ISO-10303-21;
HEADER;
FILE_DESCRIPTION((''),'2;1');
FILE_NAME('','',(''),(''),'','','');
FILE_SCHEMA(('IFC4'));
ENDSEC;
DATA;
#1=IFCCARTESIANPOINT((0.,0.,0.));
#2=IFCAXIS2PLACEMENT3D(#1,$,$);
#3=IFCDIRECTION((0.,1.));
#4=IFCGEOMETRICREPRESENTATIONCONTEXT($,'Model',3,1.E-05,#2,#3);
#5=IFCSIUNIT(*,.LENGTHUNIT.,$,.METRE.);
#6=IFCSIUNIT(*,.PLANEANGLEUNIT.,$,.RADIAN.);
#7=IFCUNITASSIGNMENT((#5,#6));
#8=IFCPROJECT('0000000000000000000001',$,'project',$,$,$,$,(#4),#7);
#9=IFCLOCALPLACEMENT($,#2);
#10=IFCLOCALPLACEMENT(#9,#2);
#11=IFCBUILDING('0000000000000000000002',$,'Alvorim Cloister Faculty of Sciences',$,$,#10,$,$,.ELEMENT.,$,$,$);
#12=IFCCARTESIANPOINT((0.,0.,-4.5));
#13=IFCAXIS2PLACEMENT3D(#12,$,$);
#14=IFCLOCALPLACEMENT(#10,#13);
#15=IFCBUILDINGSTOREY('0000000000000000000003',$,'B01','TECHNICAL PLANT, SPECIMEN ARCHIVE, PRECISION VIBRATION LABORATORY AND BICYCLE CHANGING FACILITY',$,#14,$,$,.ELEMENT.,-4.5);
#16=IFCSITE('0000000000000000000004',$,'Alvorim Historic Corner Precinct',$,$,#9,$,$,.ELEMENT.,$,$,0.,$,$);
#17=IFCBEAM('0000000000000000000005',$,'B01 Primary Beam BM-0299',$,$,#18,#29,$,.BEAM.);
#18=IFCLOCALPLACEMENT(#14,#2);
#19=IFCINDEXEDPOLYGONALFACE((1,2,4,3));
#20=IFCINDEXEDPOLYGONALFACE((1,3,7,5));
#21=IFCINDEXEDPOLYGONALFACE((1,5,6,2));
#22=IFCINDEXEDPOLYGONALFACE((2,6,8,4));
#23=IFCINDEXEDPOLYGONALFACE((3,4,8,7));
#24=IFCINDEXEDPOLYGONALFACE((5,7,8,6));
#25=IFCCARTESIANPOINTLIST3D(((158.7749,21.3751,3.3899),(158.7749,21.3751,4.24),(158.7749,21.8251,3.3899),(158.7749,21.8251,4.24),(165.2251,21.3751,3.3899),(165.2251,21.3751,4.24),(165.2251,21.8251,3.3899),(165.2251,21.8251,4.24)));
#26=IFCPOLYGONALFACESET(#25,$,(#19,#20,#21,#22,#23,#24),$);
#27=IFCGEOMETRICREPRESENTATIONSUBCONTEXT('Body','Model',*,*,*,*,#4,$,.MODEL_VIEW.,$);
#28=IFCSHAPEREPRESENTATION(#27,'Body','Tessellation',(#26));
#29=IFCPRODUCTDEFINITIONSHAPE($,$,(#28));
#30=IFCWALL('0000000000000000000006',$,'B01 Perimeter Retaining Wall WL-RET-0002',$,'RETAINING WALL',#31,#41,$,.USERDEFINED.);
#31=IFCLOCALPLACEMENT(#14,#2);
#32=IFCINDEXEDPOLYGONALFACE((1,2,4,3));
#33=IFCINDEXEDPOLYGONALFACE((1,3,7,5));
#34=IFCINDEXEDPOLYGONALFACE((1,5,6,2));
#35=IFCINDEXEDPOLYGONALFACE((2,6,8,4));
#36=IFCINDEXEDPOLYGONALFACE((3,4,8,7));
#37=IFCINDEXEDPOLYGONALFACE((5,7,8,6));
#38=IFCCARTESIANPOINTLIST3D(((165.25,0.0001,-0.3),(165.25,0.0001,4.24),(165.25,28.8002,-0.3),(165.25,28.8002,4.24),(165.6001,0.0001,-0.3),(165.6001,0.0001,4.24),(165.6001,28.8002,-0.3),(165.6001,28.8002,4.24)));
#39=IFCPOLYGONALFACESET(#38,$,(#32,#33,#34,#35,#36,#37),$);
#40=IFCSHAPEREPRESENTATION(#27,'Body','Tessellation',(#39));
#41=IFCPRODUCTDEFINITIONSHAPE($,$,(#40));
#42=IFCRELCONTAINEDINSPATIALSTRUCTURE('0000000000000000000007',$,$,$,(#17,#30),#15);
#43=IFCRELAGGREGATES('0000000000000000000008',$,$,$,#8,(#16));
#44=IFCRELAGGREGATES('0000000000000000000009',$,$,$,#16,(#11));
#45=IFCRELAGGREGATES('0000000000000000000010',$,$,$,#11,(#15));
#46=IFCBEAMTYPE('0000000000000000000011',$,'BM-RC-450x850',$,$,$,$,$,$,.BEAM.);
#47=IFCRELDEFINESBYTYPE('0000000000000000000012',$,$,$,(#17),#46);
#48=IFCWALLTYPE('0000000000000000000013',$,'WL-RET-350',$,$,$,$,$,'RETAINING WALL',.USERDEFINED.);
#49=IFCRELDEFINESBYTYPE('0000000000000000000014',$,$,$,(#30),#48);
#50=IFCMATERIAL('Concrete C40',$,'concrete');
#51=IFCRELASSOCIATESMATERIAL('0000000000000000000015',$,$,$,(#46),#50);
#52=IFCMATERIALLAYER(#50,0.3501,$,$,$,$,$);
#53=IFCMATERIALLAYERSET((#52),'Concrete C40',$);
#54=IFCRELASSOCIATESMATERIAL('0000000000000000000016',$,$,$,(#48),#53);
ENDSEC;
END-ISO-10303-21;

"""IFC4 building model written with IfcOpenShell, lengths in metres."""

from ifc_helpers import new_model, si_unit, direction, frame, frame_2d, origin, origin_2d, place, context, subcontext, project, spatial, rectangle, extrude, material, layer, layer_set, material_profile, profile_set, type_object, element, save


model = new_model("IFC4")

# Units and contexts
model_context = context("Model", 3, precision=1e-05, world=origin(), true_north=direction((0.0, 1.0)))
body_context = subcontext(model_context, "Body", "Model", "MODEL_VIEW")
ifc_project = project(units=[si_unit("LENGTHUNIT", "METRE"), si_unit("PLANEANGLEUNIT", "RADIAN")], contexts=[model_context])

# Site, building, storey
site_placement = place(None, origin())
site = spatial("IfcSite", under=ifc_project, at=site_placement, Name="Alvorim Historic Corner Precinct", CompositionType="ELEMENT", RefElevation=0.0)
building_placement = place(site_placement, origin())
building = spatial("IfcBuilding", under=site, at=building_placement, Name="Alvorim Cloister Faculty of Sciences", CompositionType="ELEMENT")
storey_placement = place(building_placement, frame((0.0, 0.0, -4.5)))
storey = spatial("IfcBuildingStorey", under=building, at=storey_placement, Name="B01", Description="TECHNICAL PLANT, SPECIMEN ARCHIVE, PRECISION VIBRATION LABORATORY AND BICYCLE CHANGING FACILITY", CompositionType="ELEMENT", Elevation=-4.5)

# Shared definitions
ifc_material_1 = material(Name="Concrete C40", Category="concrete")

# Beam
ifc_material_profile_1 = material_profile(ifc_material_1, rectangle(XDim=0.45, YDim=0.8501, at=origin_2d()), Name="RC40-BM-450x850")
ifc_profile_set_1 = profile_set([ifc_material_profile_1], Name="Concrete C40")
beam_type = type_object("IfcBeamType", Name="BM-RC-450x850", PredefinedType="BEAM", material=ifc_profile_set_1)
beam_placement = place(storey_placement, frame((158.7749, 21.6001, 3.8149), z_axis=(1.0, 0.0, 0.0), x_axis=(0.0, 1.0, 0.0)))
element("IfcBeam", 1, at=beam_placement, inside=storey, type_object=beam_type, Name="B01 Primary Beam BM-0299", PredefinedType="BEAM", context=body_context, shape_type="SweptSolid", body=[
    extrude(rectangle(XDim=0.45, YDim=0.8501, at=origin_2d()), origin(), (0.0, 0.0, 1.0), 6.4502),
])

# Wall
ifc_layer = layer(ifc_material_1, 0.3501)
ifc_layer_set = layer_set([ifc_layer], Name="Concrete C40")
wall_type = type_object("IfcWallType", Name="WL-RET-350", ElementType="RETAINING WALL", PredefinedType="USERDEFINED", material=ifc_layer_set)
wall_placement = place(storey_placement, frame((165.425, 28.8, -0.3), z_axis=(0.0, 0.0, 1.0), x_axis=(0.0, -1.0, 0.0)))
element("IfcWall", 2, at=wall_placement, inside=storey, type_object=wall_type, Name="B01 Perimeter Retaining Wall WL-RET-0002", ObjectType="RETAINING WALL", PredefinedType="USERDEFINED", context=body_context, shape_type="SweptSolid", body=[
    extrude(rectangle(XDim=28.8, YDim=0.3501, at=frame_2d((14.3999, 0.0))), origin(), (0.0, 0.0, 1.0), 4.54),
])

save(model, "model.ifc")
